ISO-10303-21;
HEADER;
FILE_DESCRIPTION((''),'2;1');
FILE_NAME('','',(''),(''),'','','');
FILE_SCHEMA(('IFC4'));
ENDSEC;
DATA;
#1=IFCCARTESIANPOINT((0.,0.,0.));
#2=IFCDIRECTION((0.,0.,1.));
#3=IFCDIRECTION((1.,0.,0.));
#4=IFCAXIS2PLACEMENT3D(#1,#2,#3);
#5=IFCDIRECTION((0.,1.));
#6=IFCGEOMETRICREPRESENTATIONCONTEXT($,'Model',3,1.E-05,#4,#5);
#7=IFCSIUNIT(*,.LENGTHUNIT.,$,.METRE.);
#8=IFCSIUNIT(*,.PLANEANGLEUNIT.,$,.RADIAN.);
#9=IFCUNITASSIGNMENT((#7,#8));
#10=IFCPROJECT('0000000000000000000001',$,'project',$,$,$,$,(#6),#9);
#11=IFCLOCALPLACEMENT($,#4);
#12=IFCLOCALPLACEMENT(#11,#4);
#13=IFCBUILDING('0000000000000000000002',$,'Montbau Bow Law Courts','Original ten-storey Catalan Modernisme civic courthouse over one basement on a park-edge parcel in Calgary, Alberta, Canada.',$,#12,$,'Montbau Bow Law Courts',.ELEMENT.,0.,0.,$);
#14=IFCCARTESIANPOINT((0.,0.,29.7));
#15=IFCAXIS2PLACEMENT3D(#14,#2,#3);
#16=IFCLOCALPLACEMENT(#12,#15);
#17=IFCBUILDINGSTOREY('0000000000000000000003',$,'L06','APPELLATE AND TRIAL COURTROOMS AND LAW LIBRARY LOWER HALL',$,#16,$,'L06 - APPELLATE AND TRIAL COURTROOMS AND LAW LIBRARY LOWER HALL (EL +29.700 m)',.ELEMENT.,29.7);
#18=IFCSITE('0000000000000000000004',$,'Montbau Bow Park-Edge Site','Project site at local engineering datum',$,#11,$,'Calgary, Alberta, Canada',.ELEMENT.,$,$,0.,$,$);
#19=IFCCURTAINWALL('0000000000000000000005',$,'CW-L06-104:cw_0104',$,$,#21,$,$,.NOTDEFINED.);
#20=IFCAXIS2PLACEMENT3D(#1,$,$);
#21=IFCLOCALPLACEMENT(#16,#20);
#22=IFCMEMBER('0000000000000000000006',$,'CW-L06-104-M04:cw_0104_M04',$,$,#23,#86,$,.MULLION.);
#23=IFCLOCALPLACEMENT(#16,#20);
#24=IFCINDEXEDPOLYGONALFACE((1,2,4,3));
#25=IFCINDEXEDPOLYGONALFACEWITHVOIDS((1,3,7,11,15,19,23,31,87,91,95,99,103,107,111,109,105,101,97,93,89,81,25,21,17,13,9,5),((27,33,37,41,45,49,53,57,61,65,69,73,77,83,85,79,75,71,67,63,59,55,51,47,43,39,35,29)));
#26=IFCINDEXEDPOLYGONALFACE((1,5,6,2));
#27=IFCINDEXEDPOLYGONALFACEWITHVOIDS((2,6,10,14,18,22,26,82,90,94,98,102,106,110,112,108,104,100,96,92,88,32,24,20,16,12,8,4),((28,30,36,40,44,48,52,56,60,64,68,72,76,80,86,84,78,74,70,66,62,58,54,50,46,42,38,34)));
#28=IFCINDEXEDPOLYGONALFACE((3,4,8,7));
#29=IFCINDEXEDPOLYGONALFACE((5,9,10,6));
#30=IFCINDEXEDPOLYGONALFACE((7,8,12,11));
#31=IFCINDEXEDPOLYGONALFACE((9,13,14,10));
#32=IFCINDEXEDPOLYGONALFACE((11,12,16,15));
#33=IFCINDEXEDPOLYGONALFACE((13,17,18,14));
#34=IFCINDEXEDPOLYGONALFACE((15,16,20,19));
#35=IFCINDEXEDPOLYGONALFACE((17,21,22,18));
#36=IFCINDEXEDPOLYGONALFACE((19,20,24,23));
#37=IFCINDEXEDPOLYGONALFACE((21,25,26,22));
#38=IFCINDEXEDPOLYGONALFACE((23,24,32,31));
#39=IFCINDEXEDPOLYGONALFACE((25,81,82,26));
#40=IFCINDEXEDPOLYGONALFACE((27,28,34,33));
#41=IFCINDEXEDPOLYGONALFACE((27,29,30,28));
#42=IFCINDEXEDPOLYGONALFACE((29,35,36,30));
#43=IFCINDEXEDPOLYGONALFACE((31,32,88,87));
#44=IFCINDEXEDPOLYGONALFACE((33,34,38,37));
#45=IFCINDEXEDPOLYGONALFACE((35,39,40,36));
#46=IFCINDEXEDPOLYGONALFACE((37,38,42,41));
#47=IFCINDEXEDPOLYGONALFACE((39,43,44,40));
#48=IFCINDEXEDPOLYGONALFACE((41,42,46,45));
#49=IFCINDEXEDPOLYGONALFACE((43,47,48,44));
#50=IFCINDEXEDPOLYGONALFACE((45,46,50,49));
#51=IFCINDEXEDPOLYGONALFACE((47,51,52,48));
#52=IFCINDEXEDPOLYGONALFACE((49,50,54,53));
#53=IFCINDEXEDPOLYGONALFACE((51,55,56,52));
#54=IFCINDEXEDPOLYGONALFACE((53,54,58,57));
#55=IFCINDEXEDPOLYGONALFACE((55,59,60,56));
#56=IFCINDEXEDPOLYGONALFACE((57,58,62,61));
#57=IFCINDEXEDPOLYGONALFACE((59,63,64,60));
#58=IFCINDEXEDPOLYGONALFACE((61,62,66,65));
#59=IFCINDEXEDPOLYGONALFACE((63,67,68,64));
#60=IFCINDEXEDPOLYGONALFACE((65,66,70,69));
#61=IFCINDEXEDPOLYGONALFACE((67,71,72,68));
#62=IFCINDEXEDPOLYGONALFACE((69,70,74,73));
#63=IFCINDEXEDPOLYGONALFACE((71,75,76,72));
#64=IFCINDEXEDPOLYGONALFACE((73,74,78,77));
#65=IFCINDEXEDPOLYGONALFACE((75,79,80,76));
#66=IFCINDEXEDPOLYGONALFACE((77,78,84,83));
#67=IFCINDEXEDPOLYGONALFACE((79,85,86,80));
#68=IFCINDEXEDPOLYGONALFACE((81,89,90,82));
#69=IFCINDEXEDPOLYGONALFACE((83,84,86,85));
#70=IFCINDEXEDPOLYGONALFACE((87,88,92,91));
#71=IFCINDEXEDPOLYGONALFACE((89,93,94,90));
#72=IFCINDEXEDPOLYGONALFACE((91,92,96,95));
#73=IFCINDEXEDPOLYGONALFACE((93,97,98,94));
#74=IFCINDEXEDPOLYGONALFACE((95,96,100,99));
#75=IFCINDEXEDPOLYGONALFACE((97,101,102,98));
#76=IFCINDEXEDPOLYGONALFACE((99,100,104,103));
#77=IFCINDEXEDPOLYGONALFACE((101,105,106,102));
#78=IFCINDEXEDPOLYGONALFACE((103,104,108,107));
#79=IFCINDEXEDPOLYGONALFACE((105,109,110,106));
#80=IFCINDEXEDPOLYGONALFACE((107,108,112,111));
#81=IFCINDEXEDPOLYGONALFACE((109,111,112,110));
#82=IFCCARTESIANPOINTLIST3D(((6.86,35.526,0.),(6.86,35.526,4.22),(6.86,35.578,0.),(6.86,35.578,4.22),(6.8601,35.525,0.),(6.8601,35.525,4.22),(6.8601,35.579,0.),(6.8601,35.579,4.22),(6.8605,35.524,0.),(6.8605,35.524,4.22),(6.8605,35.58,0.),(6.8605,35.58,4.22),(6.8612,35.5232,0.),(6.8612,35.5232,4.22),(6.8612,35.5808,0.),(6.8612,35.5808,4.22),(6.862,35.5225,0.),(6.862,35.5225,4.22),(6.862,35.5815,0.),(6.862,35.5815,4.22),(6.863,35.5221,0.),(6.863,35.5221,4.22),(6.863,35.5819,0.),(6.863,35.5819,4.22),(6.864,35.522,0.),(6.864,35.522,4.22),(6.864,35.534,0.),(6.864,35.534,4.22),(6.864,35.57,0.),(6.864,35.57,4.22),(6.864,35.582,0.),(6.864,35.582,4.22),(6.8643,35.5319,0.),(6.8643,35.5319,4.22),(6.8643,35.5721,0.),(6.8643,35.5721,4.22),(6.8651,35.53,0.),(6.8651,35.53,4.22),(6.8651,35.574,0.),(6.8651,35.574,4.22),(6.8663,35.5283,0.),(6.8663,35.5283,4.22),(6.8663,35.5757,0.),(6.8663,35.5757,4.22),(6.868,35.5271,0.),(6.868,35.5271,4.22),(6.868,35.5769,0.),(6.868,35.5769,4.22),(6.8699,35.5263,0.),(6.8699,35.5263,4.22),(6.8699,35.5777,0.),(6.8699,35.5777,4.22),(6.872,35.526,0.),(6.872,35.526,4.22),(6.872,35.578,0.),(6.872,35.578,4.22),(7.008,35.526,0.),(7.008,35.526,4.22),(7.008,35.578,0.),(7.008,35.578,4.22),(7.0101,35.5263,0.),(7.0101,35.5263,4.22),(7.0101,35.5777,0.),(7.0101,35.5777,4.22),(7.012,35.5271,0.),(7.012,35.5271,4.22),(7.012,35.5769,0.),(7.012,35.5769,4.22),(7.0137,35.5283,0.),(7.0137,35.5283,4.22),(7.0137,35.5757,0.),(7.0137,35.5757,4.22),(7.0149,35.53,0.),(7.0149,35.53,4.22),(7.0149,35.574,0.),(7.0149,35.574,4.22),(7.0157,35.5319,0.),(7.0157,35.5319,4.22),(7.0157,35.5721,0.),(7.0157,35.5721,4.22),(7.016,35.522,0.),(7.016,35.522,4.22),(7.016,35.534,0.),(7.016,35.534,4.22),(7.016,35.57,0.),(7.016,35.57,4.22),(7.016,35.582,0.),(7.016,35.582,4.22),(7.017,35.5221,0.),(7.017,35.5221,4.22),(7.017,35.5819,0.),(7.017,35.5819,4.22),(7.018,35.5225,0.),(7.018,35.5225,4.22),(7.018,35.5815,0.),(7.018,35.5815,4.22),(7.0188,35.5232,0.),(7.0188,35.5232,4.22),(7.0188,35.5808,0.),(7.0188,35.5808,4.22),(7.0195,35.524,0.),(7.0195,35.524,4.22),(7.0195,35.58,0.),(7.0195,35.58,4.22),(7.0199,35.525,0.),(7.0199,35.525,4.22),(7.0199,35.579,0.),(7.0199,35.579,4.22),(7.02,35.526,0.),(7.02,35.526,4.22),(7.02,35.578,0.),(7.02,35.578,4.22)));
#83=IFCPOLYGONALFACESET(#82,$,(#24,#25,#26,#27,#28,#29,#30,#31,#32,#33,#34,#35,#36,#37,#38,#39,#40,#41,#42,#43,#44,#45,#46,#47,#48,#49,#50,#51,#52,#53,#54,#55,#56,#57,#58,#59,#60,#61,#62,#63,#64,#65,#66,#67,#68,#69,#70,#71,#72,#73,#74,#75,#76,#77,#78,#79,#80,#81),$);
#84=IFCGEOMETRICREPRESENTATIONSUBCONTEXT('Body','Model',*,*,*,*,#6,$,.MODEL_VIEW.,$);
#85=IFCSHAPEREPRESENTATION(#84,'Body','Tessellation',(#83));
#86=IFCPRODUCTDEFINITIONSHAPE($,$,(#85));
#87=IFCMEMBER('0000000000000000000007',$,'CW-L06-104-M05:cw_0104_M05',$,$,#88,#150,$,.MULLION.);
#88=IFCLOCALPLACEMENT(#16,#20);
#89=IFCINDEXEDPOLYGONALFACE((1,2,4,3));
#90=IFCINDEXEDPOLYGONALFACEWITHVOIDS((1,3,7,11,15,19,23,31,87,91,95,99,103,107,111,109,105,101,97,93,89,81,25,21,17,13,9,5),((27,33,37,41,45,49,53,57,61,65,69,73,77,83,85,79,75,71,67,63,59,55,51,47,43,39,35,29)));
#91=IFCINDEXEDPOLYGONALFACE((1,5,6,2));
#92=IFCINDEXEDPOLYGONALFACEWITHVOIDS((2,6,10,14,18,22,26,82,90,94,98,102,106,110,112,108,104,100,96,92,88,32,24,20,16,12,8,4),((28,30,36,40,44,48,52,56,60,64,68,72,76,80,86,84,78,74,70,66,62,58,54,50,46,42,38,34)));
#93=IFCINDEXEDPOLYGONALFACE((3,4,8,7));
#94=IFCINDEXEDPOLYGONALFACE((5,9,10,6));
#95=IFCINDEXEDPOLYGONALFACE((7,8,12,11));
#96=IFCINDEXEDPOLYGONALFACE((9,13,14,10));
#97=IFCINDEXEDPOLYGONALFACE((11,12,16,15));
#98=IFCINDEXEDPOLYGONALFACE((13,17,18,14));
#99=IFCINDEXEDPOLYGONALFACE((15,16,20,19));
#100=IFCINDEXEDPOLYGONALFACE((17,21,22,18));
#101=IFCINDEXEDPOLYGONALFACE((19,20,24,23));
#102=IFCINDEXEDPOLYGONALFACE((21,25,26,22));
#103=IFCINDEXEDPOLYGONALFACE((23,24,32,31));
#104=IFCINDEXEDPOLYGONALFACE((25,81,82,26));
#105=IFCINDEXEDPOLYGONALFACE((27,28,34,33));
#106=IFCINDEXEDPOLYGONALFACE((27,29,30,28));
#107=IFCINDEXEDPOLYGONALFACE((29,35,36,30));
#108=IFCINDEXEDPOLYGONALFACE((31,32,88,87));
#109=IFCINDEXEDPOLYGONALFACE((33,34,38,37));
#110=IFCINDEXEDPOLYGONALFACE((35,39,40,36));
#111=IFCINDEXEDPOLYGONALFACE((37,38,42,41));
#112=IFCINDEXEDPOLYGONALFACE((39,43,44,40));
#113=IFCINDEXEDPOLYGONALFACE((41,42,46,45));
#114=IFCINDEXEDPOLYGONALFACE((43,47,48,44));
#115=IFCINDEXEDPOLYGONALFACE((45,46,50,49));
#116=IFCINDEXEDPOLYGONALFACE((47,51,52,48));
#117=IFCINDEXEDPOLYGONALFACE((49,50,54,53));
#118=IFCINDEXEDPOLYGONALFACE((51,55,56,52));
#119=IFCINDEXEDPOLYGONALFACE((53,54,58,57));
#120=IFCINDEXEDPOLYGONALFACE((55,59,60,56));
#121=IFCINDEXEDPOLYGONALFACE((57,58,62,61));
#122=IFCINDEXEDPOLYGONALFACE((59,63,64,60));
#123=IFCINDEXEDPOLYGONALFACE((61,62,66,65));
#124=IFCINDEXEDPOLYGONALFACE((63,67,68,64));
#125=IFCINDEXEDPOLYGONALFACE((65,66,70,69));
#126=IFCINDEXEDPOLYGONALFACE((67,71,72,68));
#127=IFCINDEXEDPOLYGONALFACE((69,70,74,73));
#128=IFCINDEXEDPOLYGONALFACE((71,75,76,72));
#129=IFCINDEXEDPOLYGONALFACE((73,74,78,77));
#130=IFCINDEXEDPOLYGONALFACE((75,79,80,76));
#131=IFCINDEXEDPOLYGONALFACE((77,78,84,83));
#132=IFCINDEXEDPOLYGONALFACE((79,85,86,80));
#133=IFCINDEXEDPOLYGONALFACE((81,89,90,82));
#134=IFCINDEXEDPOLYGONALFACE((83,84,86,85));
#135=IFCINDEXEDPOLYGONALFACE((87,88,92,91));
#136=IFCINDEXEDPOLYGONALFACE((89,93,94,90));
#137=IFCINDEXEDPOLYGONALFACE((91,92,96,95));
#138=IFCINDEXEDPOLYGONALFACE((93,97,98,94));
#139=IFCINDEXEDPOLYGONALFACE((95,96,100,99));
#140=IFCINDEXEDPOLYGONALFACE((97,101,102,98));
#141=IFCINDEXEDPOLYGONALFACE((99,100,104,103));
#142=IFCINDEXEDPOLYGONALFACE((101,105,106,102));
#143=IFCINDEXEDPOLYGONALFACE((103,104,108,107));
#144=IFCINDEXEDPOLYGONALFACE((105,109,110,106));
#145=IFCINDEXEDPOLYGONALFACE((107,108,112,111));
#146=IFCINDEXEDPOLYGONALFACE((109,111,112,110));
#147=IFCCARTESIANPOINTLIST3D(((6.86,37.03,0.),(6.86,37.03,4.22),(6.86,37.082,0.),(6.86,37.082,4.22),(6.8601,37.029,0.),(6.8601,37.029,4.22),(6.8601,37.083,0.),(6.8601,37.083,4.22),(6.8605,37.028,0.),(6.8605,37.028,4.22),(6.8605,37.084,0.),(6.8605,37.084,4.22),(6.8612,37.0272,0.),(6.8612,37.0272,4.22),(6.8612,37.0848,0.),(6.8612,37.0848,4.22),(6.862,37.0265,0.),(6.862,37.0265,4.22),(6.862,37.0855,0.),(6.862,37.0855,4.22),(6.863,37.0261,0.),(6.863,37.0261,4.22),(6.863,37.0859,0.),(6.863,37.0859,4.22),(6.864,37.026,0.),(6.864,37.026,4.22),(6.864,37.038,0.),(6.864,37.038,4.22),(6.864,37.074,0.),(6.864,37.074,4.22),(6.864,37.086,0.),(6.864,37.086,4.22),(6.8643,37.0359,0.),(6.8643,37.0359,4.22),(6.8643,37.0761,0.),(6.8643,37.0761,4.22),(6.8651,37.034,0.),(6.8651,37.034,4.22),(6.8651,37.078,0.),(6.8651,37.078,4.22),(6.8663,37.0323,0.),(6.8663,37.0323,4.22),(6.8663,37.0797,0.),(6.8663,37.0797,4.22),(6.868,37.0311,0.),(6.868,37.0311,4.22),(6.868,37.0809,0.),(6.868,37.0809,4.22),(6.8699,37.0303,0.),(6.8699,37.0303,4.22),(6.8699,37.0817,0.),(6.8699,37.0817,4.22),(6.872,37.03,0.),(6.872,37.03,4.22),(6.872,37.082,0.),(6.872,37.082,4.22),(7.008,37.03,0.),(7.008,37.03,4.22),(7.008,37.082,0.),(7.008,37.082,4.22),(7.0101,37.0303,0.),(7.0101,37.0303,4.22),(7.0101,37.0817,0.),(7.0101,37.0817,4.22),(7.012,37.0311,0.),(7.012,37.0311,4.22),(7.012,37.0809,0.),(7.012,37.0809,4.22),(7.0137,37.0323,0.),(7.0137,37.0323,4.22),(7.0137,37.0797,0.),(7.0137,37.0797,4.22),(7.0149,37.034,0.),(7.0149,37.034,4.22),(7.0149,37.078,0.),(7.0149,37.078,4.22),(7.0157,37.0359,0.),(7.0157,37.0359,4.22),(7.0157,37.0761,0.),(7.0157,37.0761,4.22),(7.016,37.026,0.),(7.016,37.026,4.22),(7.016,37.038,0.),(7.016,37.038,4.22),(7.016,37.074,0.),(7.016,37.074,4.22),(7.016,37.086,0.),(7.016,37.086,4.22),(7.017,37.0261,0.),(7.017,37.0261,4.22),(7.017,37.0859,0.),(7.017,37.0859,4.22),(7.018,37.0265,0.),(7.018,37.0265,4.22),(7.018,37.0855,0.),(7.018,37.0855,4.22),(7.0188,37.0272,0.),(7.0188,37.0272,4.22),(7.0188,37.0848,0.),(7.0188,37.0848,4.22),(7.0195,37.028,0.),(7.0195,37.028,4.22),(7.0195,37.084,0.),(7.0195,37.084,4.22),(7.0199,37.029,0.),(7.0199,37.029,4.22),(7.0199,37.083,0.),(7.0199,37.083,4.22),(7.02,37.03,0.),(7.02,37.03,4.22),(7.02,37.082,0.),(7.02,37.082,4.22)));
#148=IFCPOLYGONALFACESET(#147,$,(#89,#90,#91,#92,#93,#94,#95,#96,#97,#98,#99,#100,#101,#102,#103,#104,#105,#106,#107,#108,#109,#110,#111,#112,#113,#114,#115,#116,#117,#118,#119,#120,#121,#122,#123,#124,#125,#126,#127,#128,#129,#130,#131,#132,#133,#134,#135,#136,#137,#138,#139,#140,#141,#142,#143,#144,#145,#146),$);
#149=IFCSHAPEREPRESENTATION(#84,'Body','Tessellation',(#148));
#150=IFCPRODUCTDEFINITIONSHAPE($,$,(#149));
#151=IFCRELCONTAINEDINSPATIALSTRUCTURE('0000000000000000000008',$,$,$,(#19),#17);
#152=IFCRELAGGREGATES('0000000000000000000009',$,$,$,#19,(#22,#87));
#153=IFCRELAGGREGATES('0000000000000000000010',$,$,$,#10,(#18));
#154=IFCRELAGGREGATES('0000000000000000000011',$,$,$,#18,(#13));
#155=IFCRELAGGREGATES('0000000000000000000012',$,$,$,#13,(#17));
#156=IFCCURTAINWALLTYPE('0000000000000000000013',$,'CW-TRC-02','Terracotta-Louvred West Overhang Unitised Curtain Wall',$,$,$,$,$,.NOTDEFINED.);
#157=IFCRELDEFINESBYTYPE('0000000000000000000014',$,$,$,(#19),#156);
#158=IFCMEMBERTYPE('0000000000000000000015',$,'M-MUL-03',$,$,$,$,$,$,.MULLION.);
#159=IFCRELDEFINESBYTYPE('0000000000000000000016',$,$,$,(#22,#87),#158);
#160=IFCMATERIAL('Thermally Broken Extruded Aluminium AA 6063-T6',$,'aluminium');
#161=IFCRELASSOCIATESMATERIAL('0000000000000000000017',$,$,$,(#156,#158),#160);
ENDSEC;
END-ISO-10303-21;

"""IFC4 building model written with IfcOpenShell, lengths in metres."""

from ifc_helpers import new_model, si_unit, direction, frame, origin_with_axes, origin_2d_with_axis, place, context, subcontext, project, spatial, hollow_rectangle, extrude, material, material_profile, profile_set, type_object, element, aggregate, save


model = new_model("IFC4")

# Units and contexts
model_context = context("Model", 3, precision=1e-05, world=origin_with_axes(), true_north=direction((0.0, 1.0)))
body_context = subcontext(model_context, "Body", "Model", "MODEL_VIEW")
ifc_project = project(units=[si_unit("LENGTHUNIT", "METRE"), si_unit("PLANEANGLEUNIT", "RADIAN")], contexts=[model_context])

# Site, building, storey
site_placement = place(None, origin_with_axes())
site = spatial("IfcSite", under=ifc_project, at=site_placement, Name="Montbau Bow Park-Edge Site", Description="Project site at local engineering datum", LongName="Calgary, Alberta, Canada", CompositionType="ELEMENT", RefElevation=0.0)
building_placement = place(site_placement, origin_with_axes())
building = spatial("IfcBuilding", under=site, at=building_placement, Name="Montbau Bow Law Courts", Description="Original ten-storey Catalan Modernisme civic courthouse over one basement on a park-edge parcel in Calgary, Alberta, Canada.", LongName="Montbau Bow Law Courts", CompositionType="ELEMENT", ElevationOfRefHeight=0.0, ElevationOfTerrain=0.0)
storey_placement = place(building_placement, frame((0.0, 0.0, 29.7), z_axis=(0.0, 0.0, 1.0), x_axis=(1.0, 0.0, 0.0)))
storey = spatial("IfcBuildingStorey", under=building, at=storey_placement, Name="L06", Description="APPELLATE AND TRIAL COURTROOMS AND LAW LIBRARY LOWER HALL", LongName="L06 - APPELLATE AND TRIAL COURTROOMS AND LAW LIBRARY LOWER HALL (EL +29.700 m)", CompositionType="ELEMENT", Elevation=29.7)

# Curtain wall, members
ifc_material_1 = material(Name="Thermally Broken Extruded Aluminium AA 6063-T6", Category="aluminium")
curtain_wall_type = type_object("IfcCurtainWallType", Name="CW-TRC-02", Description="Terracotta-Louvred West Overhang Unitised Curtain Wall", PredefinedType="NOTDEFINED", material=ifc_material_1)
curtain_wall_placement = place(None, frame((6.94, 31.04, 29.7), z_axis=(0.0, 0.0, 1.0), x_axis=(1.0, 0.0, 0.0)))
curtain_wall = element("IfcCurtainWall", 1, at=curtain_wall_placement, inside=storey, type_object=curtain_wall_type, Name="CW-L06-104:cw_0104", PredefinedType="NOTDEFINED")
ifc_material_profile_1 = material_profile(ifc_material_1, hollow_rectangle(XDim=0.06, YDim=0.16, WallThickness=0.004, InnerFilletRadius=0.008, OuterFilletRadius=0.004, at=origin_2d_with_axis()), Name="CWM-160X60", Category="Main", Priority=0)
ifc_profile_set_1 = profile_set([ifc_material_profile_1], Name="Thermally Broken Extruded Aluminium AA 6063-T6")
member_type_1 = type_object("IfcMemberType", Name="M-MUL-03", PredefinedType="MULLION", material=ifc_profile_set_1)
member_1_placement = place(None, frame((6.94, 35.552, 29.7), z_axis=(0.0, 0.0, 1.0), x_axis=(0.0, 1.0, 0.0)))
member_1 = element("IfcMember", 2, at=member_1_placement, type_object=member_type_1, Name="CW-L06-104-M04:cw_0104_M04", PredefinedType="MULLION", context=body_context, shape_type="SweptSolid", body=[
    extrude(hollow_rectangle(XDim=0.06, YDim=0.16, WallThickness=0.004, InnerFilletRadius=0.008, OuterFilletRadius=0.004, at=origin_2d_with_axis()), origin_with_axes(), (0.0, 0.0, 1.0), 4.22),
])
member_2_placement = place(None, frame((6.94, 37.056, 29.7), z_axis=(0.0, 0.0, 1.0), x_axis=(0.0, 1.0, 0.0)))
member_2 = element("IfcMember", 3, at=member_2_placement, type_object=member_type_1, Name="CW-L06-104-M05:cw_0104_M05", PredefinedType="MULLION", context=body_context, shape_type="SweptSolid", body=[
    extrude(hollow_rectangle(XDim=0.06, YDim=0.16, WallThickness=0.004, InnerFilletRadius=0.008, OuterFilletRadius=0.004, at=origin_2d_with_axis()), origin_with_axes(), (0.0, 0.0, 1.0), 4.22),
])
aggregate(curtain_wall, [member_1, member_2])

save(model, "model.ifc")
